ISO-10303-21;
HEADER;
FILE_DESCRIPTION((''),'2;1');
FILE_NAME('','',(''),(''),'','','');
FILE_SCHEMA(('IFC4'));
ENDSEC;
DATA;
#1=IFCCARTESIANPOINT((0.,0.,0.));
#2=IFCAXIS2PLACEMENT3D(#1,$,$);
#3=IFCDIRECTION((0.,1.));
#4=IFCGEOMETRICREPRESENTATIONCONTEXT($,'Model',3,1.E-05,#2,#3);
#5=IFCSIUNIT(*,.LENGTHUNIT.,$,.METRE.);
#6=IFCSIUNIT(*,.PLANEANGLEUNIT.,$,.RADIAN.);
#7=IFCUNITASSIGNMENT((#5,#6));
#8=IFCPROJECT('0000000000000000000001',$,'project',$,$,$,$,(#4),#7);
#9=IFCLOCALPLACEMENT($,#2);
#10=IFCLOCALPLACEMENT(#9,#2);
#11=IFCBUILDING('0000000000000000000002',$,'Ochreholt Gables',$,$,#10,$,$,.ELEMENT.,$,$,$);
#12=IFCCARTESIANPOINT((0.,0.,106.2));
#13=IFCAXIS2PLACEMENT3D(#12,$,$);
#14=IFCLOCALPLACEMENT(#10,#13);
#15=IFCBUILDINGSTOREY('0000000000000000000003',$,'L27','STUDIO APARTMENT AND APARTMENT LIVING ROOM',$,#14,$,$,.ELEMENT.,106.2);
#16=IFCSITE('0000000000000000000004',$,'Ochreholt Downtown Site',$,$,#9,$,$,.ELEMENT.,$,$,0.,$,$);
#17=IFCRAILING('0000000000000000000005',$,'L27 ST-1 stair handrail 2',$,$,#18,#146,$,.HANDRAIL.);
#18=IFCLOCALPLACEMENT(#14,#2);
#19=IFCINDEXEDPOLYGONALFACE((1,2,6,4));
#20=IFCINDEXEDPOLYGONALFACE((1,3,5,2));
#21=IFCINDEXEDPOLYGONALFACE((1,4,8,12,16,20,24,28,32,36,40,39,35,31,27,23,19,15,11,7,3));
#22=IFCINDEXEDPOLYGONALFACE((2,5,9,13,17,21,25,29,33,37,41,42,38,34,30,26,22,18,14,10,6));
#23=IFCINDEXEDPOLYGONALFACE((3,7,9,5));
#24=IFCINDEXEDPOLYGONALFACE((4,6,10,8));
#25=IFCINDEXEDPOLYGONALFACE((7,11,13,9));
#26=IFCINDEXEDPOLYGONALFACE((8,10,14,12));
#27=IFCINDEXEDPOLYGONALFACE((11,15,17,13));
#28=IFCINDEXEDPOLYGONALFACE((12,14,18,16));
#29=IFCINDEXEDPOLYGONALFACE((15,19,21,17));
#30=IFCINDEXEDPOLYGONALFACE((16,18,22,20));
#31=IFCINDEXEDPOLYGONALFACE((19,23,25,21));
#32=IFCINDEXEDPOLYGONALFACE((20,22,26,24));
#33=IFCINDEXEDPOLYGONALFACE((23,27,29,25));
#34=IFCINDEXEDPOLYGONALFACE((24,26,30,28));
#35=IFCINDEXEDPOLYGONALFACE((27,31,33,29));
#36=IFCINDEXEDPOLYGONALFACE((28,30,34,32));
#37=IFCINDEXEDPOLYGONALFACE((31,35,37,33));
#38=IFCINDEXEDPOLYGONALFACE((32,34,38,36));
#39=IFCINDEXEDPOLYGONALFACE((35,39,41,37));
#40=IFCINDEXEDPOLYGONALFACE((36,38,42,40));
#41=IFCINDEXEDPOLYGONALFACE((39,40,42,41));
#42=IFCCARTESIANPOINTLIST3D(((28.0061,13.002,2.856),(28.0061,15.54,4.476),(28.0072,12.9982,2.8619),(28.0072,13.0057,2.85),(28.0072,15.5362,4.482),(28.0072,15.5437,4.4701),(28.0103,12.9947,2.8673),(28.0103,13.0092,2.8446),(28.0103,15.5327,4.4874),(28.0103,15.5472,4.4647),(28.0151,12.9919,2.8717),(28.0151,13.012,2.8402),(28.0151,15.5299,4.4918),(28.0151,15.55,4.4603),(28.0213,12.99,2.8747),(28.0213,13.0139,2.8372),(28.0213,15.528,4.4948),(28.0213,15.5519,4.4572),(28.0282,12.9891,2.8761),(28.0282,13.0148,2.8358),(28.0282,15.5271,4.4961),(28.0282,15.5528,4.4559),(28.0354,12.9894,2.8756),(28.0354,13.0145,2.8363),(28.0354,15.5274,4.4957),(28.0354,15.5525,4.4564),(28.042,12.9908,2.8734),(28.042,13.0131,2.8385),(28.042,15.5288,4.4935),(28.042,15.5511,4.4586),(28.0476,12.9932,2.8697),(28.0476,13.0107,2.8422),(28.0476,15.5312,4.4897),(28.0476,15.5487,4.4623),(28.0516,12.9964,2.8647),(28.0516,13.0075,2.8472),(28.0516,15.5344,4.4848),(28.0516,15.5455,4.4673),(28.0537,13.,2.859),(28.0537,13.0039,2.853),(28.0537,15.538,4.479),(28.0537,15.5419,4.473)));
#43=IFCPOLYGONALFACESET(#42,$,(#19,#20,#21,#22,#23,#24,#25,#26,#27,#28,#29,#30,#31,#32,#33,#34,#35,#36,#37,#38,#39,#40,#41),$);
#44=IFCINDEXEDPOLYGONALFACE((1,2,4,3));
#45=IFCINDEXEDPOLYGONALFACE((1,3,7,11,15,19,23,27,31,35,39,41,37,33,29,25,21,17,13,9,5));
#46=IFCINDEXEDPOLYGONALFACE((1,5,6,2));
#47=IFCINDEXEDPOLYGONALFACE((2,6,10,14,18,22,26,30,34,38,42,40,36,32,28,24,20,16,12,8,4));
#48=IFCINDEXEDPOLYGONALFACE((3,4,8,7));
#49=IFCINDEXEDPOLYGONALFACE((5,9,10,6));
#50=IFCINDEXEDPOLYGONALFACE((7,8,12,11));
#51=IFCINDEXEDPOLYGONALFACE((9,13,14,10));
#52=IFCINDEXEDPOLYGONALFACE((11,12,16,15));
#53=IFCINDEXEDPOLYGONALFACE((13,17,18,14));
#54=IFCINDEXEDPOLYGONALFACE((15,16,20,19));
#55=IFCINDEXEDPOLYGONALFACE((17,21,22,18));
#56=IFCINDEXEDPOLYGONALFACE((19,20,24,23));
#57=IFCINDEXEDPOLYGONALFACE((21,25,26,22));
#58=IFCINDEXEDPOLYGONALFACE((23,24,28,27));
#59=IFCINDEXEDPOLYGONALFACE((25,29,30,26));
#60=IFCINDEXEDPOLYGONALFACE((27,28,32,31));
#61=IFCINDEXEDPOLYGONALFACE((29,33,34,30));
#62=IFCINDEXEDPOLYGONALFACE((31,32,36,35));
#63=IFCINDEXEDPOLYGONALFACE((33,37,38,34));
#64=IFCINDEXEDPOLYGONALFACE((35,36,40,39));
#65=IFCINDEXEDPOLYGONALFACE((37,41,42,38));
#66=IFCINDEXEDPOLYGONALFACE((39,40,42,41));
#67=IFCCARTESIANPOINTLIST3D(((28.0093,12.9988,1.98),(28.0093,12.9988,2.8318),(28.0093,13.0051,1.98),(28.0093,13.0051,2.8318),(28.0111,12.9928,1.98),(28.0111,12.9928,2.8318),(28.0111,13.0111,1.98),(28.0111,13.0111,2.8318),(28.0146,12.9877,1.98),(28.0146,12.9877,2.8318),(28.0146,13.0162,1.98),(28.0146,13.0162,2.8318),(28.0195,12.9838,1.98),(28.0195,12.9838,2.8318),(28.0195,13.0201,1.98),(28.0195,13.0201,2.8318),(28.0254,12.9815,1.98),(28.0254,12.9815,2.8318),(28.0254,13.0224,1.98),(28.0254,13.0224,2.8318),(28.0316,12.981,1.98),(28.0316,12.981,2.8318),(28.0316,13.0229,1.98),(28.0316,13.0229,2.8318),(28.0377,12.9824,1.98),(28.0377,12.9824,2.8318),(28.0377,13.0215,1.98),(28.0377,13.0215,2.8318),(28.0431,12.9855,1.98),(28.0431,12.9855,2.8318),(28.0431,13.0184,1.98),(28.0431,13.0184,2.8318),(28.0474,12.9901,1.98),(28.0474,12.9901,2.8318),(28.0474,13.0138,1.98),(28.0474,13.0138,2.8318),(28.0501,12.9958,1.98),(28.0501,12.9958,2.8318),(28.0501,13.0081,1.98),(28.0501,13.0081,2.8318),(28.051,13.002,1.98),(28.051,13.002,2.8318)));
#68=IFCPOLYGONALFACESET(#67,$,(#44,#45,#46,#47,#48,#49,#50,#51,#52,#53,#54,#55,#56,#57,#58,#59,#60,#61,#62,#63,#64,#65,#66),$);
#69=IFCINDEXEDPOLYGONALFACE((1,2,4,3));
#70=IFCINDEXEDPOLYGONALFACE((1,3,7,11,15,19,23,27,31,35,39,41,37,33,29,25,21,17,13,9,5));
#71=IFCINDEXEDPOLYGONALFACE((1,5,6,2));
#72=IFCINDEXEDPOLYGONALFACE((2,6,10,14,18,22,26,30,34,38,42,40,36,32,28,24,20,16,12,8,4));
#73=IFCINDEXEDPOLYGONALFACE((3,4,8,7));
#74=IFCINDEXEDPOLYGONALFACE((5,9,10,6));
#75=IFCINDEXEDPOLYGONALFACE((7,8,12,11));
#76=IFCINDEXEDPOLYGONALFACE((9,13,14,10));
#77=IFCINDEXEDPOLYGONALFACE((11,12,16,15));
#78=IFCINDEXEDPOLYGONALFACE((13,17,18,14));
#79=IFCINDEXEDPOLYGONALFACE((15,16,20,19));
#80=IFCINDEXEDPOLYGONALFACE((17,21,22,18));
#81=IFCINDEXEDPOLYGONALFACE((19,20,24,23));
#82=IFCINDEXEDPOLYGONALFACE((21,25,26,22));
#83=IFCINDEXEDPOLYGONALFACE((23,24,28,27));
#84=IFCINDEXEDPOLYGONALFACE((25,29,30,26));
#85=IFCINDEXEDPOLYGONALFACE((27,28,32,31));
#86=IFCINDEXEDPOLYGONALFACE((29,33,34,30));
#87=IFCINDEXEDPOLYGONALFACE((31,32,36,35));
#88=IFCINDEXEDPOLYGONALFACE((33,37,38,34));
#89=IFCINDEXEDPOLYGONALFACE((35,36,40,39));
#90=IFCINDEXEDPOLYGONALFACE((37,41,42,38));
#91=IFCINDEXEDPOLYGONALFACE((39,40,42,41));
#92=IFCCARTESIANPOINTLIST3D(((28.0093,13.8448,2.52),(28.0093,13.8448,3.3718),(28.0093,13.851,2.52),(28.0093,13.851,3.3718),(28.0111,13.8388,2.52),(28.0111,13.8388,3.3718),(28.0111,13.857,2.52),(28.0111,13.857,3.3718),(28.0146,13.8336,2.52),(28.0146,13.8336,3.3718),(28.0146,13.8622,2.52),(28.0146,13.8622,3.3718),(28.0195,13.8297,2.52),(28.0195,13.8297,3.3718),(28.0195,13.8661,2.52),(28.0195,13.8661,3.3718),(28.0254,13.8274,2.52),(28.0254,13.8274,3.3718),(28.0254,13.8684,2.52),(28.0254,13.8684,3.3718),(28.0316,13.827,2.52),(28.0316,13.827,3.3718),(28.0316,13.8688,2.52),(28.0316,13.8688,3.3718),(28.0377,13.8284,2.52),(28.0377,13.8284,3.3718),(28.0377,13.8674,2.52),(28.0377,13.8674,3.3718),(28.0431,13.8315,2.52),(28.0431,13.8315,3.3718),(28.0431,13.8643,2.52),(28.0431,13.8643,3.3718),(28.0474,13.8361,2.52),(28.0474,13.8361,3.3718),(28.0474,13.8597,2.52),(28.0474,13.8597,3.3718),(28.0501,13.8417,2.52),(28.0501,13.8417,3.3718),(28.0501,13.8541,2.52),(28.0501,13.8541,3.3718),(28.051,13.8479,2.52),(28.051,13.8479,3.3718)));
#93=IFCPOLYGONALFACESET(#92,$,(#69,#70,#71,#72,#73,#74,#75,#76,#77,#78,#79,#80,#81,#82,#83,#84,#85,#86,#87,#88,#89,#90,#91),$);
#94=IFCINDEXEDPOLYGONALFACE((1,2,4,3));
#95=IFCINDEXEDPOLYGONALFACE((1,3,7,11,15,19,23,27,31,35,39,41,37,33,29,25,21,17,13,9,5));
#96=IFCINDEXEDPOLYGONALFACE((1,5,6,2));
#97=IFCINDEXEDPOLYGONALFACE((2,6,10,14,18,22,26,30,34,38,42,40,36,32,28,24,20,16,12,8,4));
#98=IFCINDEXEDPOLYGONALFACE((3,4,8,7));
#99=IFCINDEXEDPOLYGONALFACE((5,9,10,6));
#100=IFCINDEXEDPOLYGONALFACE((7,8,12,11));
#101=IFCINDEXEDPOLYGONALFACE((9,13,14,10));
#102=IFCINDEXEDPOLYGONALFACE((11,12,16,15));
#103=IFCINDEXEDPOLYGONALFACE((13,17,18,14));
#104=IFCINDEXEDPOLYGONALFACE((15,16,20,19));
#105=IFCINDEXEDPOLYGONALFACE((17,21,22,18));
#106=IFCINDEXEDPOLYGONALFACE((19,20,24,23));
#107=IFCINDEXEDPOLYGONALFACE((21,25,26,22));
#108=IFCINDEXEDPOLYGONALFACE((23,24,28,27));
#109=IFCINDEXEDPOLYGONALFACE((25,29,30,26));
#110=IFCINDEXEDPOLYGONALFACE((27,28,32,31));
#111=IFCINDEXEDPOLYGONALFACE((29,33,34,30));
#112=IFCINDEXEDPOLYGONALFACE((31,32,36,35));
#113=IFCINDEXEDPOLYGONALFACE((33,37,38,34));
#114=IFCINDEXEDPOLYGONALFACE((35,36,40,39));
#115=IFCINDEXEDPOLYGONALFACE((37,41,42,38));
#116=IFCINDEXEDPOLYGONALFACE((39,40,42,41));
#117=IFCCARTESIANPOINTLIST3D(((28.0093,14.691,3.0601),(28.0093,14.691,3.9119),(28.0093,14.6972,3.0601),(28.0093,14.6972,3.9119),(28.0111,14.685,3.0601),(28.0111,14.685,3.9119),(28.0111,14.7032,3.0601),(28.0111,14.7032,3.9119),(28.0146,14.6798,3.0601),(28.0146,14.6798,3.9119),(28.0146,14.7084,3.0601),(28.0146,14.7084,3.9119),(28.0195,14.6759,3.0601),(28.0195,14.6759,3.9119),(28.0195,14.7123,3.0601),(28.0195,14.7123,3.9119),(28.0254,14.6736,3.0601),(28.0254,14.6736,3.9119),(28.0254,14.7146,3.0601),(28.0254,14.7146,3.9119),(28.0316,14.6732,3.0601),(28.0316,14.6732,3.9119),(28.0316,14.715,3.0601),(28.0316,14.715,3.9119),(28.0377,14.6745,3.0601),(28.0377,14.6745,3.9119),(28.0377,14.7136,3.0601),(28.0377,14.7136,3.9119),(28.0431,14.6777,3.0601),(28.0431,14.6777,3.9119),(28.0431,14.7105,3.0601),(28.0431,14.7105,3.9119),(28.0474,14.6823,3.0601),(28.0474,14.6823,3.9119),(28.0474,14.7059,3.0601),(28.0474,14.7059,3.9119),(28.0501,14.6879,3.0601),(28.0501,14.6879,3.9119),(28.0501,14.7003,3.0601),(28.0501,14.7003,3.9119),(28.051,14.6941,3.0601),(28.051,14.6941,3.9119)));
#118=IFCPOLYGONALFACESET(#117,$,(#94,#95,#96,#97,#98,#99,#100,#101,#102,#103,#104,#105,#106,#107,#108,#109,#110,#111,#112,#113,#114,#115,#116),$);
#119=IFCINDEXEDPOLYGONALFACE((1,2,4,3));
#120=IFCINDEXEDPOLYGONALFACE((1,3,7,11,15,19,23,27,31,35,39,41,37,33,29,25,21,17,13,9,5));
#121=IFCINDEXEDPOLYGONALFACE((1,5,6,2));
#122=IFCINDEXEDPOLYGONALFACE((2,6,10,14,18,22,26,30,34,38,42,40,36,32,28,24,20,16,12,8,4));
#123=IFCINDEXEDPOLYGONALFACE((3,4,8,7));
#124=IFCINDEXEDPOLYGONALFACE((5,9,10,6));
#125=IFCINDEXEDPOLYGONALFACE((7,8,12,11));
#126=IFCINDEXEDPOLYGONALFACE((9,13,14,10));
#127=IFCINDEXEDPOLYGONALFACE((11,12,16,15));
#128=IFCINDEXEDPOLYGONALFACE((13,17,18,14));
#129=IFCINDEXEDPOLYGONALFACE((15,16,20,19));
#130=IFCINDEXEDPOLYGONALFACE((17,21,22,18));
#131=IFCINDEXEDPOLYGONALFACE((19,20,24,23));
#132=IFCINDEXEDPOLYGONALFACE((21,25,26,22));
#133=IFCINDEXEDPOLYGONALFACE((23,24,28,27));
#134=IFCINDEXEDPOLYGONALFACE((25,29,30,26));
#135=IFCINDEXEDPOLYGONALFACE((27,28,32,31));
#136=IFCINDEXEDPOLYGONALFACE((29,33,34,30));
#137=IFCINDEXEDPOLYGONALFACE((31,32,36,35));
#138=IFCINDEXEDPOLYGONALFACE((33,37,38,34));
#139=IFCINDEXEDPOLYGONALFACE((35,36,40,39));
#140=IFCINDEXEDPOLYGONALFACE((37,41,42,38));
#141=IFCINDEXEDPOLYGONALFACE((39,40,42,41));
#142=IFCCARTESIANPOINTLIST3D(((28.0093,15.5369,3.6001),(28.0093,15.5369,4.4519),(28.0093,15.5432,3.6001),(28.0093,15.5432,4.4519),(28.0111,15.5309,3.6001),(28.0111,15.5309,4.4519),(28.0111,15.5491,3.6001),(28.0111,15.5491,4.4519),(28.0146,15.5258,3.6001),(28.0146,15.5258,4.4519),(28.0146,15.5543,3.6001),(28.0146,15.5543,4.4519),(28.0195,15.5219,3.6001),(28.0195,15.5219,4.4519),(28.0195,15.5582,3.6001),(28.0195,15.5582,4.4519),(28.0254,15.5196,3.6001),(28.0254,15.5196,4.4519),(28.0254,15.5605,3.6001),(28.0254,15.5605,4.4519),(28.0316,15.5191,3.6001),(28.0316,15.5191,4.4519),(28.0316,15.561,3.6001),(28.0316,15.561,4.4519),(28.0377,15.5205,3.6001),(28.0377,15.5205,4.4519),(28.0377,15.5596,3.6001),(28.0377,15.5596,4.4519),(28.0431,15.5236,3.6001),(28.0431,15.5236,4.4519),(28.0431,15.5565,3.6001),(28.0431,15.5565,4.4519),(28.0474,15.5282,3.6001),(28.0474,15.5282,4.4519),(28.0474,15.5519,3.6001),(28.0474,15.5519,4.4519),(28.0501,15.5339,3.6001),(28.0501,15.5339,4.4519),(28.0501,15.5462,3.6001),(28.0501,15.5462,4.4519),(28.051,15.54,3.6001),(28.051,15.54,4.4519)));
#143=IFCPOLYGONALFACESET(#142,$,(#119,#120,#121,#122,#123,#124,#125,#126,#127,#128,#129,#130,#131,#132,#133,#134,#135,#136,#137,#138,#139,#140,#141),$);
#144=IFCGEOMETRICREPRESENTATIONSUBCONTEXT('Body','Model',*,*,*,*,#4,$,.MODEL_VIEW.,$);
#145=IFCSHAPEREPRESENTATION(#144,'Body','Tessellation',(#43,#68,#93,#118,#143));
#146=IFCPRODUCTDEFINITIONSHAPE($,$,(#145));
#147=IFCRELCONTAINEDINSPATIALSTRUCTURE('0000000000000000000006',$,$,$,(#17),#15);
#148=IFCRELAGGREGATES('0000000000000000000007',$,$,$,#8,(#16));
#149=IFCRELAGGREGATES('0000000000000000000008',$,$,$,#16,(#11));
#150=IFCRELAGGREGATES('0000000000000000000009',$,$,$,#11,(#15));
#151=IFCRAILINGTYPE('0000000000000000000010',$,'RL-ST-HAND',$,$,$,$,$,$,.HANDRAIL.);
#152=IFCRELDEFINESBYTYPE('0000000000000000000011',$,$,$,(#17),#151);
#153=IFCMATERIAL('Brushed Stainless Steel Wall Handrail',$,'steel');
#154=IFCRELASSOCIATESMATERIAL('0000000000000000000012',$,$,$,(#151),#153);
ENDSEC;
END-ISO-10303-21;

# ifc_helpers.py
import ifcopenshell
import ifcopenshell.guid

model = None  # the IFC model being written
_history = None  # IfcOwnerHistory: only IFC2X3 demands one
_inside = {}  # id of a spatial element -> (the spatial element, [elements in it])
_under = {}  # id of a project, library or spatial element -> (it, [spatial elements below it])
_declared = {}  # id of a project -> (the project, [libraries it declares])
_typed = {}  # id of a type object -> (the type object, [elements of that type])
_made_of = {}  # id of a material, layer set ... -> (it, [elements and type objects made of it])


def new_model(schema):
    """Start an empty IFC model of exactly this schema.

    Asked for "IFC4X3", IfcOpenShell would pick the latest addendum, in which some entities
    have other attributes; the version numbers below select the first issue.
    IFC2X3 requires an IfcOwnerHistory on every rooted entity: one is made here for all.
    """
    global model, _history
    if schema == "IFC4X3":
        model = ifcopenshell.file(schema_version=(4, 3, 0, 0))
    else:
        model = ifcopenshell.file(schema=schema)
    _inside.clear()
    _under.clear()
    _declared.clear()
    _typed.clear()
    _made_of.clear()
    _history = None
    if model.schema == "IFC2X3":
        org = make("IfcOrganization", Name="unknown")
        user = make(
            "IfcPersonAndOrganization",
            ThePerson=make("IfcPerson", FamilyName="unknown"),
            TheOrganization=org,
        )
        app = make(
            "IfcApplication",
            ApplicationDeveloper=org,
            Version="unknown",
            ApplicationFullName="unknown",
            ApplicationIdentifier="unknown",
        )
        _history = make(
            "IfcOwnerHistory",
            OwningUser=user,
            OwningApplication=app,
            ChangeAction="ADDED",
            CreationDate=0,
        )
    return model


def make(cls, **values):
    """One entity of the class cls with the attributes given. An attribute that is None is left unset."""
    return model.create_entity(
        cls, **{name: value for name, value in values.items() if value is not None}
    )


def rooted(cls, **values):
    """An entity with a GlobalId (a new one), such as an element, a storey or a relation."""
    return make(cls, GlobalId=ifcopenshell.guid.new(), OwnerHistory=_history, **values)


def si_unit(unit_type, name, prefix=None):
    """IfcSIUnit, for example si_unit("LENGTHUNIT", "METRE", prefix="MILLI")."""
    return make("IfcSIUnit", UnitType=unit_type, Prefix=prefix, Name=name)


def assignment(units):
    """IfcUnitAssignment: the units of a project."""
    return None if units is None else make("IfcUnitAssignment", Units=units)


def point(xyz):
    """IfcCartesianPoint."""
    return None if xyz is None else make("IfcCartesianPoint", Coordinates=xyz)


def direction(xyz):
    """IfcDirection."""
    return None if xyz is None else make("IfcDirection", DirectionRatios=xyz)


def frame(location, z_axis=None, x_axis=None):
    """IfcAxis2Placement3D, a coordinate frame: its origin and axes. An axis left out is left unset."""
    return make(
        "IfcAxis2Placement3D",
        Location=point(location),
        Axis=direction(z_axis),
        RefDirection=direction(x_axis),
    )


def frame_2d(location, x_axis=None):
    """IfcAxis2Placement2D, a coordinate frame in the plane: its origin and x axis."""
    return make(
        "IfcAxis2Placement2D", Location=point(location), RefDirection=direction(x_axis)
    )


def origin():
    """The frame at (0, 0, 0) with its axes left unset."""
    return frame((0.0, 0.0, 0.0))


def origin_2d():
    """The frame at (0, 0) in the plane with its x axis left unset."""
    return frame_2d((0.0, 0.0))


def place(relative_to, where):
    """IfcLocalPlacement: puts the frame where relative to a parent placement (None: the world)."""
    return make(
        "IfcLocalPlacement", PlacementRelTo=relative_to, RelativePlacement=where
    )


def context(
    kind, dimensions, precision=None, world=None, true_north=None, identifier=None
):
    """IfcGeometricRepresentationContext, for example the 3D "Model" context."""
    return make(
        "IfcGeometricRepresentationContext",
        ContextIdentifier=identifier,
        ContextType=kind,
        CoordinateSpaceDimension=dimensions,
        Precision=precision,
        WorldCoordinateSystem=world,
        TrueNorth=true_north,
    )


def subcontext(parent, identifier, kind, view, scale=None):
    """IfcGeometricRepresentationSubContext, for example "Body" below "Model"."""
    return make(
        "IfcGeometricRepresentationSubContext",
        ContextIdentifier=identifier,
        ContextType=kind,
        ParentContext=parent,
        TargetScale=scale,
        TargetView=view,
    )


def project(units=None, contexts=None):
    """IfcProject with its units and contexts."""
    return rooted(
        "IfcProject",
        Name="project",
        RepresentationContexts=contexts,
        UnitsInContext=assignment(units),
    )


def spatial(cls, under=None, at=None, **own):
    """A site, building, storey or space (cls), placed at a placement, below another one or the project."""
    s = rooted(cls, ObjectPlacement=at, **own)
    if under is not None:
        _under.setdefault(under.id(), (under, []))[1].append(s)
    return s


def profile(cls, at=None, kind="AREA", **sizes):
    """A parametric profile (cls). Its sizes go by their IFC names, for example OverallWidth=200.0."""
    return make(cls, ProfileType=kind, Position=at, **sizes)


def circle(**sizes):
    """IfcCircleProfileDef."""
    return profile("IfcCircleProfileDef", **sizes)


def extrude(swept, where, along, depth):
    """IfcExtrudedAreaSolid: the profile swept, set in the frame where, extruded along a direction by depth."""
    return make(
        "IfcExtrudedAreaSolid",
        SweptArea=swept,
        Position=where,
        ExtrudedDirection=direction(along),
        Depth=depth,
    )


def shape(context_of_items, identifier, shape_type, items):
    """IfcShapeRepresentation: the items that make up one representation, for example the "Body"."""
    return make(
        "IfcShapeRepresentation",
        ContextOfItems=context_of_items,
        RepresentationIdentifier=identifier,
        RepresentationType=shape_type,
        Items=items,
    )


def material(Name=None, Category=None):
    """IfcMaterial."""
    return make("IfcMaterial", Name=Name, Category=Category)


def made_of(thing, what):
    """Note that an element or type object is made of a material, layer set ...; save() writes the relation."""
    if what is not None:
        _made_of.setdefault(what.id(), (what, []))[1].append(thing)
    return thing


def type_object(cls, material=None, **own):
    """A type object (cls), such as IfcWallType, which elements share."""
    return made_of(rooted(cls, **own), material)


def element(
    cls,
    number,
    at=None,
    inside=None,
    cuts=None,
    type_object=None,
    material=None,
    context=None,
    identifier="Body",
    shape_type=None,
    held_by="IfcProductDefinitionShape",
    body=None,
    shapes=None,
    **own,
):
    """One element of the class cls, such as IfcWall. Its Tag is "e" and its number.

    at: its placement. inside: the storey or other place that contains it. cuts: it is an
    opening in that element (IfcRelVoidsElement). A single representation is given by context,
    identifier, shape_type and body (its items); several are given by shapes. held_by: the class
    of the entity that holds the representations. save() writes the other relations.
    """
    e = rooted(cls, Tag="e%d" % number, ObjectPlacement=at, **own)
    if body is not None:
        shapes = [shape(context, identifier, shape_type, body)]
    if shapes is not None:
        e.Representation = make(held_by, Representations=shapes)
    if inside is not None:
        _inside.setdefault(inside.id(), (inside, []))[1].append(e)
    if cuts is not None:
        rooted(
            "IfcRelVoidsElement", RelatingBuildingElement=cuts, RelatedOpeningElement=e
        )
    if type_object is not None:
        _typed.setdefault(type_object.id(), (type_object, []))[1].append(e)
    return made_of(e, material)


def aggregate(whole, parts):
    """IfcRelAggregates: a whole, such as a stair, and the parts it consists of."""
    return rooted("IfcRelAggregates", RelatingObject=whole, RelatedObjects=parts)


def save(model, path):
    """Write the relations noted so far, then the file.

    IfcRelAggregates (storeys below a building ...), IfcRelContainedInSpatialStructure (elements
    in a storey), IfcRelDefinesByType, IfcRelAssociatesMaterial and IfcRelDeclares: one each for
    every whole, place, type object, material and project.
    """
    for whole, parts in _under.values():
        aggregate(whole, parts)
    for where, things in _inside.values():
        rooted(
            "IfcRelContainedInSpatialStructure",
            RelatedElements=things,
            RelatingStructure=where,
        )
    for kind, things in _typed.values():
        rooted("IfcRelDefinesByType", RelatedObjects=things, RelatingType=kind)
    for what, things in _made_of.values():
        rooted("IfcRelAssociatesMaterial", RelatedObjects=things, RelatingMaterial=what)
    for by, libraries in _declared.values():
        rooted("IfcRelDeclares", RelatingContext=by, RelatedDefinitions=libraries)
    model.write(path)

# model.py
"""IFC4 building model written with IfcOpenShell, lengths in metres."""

from ifc_helpers import new_model, si_unit, direction, frame, origin, origin_2d, place, context, subcontext, project, spatial, circle, extrude, material, type_object, element, save


model = new_model("IFC4")

# Units and contexts
model_context = context("Model", 3, precision=1e-05, world=origin(), true_north=direction((0.0, 1.0)))
body_context = subcontext(model_context, "Body", "Model", "MODEL_VIEW")
ifc_project = project(units=[si_unit("LENGTHUNIT", "METRE"), si_unit("PLANEANGLEUNIT", "RADIAN")], contexts=[model_context])

# Site, building, storey
site_placement = place(None, origin())
site = spatial("IfcSite", under=ifc_project, at=site_placement, Name="Ochreholt Downtown Site", CompositionType="ELEMENT", RefElevation=0.0)
building_placement = place(site_placement, origin())
building = spatial("IfcBuilding", under=site, at=building_placement, Name="Ochreholt Gables", CompositionType="ELEMENT")
storey_placement = place(building_placement, frame((0.0, 0.0, 106.2)))
storey = spatial("IfcBuildingStorey", under=building, at=storey_placement, Name="L27", Description="STUDIO APARTMENT AND APARTMENT LIVING ROOM", CompositionType="ELEMENT", Elevation=106.2)

# Railing
ifc_material_1 = material(Name="Brushed Stainless Steel Wall Handrail", Category="steel")
railing_type_1 = type_object("IfcRailingType", Name="RL-ST-HAND", PredefinedType="HANDRAIL", material=ifc_material_1)
railing_1_placement = place(storey_placement, frame((28.03, 13.002, 1.98)))
element("IfcRailing", 1, at=railing_1_placement, inside=storey, type_object=railing_type_1, Name="L27 ST-1 stair handrail 2", PredefinedType="HANDRAIL", context=body_context, shape_type="SweptSolid", body=[
    extrude(circle(Radius=0.0239, at=origin_2d()), frame((0.0, 0.0, 0.876), z_axis=(0.0, 0.842913, 0.53805), x_axis=(-1.0, 0.0, 0.0)), (0.0, 0.0, 1.0), 3.011),
    extrude(circle(Radius=0.021, at=origin_2d()), origin(), (0.0, 0.0, 1.0), 0.8518),
    extrude(circle(Radius=0.021, at=origin_2d()), frame((0.0, 0.8459, 0.54)), (0.0, 0.0, 1.0), 0.8518),
    extrude(circle(Radius=0.021, at=origin_2d()), frame((0.0, 1.6921, 1.0801)), (0.0, 0.0, 1.0), 0.8518),
    extrude(circle(Radius=0.021, at=origin_2d()), frame((0.0, 2.5381, 1.6201)), (0.0, 0.0, 1.0), 0.8518),
])

save(model, "model.ifc")
